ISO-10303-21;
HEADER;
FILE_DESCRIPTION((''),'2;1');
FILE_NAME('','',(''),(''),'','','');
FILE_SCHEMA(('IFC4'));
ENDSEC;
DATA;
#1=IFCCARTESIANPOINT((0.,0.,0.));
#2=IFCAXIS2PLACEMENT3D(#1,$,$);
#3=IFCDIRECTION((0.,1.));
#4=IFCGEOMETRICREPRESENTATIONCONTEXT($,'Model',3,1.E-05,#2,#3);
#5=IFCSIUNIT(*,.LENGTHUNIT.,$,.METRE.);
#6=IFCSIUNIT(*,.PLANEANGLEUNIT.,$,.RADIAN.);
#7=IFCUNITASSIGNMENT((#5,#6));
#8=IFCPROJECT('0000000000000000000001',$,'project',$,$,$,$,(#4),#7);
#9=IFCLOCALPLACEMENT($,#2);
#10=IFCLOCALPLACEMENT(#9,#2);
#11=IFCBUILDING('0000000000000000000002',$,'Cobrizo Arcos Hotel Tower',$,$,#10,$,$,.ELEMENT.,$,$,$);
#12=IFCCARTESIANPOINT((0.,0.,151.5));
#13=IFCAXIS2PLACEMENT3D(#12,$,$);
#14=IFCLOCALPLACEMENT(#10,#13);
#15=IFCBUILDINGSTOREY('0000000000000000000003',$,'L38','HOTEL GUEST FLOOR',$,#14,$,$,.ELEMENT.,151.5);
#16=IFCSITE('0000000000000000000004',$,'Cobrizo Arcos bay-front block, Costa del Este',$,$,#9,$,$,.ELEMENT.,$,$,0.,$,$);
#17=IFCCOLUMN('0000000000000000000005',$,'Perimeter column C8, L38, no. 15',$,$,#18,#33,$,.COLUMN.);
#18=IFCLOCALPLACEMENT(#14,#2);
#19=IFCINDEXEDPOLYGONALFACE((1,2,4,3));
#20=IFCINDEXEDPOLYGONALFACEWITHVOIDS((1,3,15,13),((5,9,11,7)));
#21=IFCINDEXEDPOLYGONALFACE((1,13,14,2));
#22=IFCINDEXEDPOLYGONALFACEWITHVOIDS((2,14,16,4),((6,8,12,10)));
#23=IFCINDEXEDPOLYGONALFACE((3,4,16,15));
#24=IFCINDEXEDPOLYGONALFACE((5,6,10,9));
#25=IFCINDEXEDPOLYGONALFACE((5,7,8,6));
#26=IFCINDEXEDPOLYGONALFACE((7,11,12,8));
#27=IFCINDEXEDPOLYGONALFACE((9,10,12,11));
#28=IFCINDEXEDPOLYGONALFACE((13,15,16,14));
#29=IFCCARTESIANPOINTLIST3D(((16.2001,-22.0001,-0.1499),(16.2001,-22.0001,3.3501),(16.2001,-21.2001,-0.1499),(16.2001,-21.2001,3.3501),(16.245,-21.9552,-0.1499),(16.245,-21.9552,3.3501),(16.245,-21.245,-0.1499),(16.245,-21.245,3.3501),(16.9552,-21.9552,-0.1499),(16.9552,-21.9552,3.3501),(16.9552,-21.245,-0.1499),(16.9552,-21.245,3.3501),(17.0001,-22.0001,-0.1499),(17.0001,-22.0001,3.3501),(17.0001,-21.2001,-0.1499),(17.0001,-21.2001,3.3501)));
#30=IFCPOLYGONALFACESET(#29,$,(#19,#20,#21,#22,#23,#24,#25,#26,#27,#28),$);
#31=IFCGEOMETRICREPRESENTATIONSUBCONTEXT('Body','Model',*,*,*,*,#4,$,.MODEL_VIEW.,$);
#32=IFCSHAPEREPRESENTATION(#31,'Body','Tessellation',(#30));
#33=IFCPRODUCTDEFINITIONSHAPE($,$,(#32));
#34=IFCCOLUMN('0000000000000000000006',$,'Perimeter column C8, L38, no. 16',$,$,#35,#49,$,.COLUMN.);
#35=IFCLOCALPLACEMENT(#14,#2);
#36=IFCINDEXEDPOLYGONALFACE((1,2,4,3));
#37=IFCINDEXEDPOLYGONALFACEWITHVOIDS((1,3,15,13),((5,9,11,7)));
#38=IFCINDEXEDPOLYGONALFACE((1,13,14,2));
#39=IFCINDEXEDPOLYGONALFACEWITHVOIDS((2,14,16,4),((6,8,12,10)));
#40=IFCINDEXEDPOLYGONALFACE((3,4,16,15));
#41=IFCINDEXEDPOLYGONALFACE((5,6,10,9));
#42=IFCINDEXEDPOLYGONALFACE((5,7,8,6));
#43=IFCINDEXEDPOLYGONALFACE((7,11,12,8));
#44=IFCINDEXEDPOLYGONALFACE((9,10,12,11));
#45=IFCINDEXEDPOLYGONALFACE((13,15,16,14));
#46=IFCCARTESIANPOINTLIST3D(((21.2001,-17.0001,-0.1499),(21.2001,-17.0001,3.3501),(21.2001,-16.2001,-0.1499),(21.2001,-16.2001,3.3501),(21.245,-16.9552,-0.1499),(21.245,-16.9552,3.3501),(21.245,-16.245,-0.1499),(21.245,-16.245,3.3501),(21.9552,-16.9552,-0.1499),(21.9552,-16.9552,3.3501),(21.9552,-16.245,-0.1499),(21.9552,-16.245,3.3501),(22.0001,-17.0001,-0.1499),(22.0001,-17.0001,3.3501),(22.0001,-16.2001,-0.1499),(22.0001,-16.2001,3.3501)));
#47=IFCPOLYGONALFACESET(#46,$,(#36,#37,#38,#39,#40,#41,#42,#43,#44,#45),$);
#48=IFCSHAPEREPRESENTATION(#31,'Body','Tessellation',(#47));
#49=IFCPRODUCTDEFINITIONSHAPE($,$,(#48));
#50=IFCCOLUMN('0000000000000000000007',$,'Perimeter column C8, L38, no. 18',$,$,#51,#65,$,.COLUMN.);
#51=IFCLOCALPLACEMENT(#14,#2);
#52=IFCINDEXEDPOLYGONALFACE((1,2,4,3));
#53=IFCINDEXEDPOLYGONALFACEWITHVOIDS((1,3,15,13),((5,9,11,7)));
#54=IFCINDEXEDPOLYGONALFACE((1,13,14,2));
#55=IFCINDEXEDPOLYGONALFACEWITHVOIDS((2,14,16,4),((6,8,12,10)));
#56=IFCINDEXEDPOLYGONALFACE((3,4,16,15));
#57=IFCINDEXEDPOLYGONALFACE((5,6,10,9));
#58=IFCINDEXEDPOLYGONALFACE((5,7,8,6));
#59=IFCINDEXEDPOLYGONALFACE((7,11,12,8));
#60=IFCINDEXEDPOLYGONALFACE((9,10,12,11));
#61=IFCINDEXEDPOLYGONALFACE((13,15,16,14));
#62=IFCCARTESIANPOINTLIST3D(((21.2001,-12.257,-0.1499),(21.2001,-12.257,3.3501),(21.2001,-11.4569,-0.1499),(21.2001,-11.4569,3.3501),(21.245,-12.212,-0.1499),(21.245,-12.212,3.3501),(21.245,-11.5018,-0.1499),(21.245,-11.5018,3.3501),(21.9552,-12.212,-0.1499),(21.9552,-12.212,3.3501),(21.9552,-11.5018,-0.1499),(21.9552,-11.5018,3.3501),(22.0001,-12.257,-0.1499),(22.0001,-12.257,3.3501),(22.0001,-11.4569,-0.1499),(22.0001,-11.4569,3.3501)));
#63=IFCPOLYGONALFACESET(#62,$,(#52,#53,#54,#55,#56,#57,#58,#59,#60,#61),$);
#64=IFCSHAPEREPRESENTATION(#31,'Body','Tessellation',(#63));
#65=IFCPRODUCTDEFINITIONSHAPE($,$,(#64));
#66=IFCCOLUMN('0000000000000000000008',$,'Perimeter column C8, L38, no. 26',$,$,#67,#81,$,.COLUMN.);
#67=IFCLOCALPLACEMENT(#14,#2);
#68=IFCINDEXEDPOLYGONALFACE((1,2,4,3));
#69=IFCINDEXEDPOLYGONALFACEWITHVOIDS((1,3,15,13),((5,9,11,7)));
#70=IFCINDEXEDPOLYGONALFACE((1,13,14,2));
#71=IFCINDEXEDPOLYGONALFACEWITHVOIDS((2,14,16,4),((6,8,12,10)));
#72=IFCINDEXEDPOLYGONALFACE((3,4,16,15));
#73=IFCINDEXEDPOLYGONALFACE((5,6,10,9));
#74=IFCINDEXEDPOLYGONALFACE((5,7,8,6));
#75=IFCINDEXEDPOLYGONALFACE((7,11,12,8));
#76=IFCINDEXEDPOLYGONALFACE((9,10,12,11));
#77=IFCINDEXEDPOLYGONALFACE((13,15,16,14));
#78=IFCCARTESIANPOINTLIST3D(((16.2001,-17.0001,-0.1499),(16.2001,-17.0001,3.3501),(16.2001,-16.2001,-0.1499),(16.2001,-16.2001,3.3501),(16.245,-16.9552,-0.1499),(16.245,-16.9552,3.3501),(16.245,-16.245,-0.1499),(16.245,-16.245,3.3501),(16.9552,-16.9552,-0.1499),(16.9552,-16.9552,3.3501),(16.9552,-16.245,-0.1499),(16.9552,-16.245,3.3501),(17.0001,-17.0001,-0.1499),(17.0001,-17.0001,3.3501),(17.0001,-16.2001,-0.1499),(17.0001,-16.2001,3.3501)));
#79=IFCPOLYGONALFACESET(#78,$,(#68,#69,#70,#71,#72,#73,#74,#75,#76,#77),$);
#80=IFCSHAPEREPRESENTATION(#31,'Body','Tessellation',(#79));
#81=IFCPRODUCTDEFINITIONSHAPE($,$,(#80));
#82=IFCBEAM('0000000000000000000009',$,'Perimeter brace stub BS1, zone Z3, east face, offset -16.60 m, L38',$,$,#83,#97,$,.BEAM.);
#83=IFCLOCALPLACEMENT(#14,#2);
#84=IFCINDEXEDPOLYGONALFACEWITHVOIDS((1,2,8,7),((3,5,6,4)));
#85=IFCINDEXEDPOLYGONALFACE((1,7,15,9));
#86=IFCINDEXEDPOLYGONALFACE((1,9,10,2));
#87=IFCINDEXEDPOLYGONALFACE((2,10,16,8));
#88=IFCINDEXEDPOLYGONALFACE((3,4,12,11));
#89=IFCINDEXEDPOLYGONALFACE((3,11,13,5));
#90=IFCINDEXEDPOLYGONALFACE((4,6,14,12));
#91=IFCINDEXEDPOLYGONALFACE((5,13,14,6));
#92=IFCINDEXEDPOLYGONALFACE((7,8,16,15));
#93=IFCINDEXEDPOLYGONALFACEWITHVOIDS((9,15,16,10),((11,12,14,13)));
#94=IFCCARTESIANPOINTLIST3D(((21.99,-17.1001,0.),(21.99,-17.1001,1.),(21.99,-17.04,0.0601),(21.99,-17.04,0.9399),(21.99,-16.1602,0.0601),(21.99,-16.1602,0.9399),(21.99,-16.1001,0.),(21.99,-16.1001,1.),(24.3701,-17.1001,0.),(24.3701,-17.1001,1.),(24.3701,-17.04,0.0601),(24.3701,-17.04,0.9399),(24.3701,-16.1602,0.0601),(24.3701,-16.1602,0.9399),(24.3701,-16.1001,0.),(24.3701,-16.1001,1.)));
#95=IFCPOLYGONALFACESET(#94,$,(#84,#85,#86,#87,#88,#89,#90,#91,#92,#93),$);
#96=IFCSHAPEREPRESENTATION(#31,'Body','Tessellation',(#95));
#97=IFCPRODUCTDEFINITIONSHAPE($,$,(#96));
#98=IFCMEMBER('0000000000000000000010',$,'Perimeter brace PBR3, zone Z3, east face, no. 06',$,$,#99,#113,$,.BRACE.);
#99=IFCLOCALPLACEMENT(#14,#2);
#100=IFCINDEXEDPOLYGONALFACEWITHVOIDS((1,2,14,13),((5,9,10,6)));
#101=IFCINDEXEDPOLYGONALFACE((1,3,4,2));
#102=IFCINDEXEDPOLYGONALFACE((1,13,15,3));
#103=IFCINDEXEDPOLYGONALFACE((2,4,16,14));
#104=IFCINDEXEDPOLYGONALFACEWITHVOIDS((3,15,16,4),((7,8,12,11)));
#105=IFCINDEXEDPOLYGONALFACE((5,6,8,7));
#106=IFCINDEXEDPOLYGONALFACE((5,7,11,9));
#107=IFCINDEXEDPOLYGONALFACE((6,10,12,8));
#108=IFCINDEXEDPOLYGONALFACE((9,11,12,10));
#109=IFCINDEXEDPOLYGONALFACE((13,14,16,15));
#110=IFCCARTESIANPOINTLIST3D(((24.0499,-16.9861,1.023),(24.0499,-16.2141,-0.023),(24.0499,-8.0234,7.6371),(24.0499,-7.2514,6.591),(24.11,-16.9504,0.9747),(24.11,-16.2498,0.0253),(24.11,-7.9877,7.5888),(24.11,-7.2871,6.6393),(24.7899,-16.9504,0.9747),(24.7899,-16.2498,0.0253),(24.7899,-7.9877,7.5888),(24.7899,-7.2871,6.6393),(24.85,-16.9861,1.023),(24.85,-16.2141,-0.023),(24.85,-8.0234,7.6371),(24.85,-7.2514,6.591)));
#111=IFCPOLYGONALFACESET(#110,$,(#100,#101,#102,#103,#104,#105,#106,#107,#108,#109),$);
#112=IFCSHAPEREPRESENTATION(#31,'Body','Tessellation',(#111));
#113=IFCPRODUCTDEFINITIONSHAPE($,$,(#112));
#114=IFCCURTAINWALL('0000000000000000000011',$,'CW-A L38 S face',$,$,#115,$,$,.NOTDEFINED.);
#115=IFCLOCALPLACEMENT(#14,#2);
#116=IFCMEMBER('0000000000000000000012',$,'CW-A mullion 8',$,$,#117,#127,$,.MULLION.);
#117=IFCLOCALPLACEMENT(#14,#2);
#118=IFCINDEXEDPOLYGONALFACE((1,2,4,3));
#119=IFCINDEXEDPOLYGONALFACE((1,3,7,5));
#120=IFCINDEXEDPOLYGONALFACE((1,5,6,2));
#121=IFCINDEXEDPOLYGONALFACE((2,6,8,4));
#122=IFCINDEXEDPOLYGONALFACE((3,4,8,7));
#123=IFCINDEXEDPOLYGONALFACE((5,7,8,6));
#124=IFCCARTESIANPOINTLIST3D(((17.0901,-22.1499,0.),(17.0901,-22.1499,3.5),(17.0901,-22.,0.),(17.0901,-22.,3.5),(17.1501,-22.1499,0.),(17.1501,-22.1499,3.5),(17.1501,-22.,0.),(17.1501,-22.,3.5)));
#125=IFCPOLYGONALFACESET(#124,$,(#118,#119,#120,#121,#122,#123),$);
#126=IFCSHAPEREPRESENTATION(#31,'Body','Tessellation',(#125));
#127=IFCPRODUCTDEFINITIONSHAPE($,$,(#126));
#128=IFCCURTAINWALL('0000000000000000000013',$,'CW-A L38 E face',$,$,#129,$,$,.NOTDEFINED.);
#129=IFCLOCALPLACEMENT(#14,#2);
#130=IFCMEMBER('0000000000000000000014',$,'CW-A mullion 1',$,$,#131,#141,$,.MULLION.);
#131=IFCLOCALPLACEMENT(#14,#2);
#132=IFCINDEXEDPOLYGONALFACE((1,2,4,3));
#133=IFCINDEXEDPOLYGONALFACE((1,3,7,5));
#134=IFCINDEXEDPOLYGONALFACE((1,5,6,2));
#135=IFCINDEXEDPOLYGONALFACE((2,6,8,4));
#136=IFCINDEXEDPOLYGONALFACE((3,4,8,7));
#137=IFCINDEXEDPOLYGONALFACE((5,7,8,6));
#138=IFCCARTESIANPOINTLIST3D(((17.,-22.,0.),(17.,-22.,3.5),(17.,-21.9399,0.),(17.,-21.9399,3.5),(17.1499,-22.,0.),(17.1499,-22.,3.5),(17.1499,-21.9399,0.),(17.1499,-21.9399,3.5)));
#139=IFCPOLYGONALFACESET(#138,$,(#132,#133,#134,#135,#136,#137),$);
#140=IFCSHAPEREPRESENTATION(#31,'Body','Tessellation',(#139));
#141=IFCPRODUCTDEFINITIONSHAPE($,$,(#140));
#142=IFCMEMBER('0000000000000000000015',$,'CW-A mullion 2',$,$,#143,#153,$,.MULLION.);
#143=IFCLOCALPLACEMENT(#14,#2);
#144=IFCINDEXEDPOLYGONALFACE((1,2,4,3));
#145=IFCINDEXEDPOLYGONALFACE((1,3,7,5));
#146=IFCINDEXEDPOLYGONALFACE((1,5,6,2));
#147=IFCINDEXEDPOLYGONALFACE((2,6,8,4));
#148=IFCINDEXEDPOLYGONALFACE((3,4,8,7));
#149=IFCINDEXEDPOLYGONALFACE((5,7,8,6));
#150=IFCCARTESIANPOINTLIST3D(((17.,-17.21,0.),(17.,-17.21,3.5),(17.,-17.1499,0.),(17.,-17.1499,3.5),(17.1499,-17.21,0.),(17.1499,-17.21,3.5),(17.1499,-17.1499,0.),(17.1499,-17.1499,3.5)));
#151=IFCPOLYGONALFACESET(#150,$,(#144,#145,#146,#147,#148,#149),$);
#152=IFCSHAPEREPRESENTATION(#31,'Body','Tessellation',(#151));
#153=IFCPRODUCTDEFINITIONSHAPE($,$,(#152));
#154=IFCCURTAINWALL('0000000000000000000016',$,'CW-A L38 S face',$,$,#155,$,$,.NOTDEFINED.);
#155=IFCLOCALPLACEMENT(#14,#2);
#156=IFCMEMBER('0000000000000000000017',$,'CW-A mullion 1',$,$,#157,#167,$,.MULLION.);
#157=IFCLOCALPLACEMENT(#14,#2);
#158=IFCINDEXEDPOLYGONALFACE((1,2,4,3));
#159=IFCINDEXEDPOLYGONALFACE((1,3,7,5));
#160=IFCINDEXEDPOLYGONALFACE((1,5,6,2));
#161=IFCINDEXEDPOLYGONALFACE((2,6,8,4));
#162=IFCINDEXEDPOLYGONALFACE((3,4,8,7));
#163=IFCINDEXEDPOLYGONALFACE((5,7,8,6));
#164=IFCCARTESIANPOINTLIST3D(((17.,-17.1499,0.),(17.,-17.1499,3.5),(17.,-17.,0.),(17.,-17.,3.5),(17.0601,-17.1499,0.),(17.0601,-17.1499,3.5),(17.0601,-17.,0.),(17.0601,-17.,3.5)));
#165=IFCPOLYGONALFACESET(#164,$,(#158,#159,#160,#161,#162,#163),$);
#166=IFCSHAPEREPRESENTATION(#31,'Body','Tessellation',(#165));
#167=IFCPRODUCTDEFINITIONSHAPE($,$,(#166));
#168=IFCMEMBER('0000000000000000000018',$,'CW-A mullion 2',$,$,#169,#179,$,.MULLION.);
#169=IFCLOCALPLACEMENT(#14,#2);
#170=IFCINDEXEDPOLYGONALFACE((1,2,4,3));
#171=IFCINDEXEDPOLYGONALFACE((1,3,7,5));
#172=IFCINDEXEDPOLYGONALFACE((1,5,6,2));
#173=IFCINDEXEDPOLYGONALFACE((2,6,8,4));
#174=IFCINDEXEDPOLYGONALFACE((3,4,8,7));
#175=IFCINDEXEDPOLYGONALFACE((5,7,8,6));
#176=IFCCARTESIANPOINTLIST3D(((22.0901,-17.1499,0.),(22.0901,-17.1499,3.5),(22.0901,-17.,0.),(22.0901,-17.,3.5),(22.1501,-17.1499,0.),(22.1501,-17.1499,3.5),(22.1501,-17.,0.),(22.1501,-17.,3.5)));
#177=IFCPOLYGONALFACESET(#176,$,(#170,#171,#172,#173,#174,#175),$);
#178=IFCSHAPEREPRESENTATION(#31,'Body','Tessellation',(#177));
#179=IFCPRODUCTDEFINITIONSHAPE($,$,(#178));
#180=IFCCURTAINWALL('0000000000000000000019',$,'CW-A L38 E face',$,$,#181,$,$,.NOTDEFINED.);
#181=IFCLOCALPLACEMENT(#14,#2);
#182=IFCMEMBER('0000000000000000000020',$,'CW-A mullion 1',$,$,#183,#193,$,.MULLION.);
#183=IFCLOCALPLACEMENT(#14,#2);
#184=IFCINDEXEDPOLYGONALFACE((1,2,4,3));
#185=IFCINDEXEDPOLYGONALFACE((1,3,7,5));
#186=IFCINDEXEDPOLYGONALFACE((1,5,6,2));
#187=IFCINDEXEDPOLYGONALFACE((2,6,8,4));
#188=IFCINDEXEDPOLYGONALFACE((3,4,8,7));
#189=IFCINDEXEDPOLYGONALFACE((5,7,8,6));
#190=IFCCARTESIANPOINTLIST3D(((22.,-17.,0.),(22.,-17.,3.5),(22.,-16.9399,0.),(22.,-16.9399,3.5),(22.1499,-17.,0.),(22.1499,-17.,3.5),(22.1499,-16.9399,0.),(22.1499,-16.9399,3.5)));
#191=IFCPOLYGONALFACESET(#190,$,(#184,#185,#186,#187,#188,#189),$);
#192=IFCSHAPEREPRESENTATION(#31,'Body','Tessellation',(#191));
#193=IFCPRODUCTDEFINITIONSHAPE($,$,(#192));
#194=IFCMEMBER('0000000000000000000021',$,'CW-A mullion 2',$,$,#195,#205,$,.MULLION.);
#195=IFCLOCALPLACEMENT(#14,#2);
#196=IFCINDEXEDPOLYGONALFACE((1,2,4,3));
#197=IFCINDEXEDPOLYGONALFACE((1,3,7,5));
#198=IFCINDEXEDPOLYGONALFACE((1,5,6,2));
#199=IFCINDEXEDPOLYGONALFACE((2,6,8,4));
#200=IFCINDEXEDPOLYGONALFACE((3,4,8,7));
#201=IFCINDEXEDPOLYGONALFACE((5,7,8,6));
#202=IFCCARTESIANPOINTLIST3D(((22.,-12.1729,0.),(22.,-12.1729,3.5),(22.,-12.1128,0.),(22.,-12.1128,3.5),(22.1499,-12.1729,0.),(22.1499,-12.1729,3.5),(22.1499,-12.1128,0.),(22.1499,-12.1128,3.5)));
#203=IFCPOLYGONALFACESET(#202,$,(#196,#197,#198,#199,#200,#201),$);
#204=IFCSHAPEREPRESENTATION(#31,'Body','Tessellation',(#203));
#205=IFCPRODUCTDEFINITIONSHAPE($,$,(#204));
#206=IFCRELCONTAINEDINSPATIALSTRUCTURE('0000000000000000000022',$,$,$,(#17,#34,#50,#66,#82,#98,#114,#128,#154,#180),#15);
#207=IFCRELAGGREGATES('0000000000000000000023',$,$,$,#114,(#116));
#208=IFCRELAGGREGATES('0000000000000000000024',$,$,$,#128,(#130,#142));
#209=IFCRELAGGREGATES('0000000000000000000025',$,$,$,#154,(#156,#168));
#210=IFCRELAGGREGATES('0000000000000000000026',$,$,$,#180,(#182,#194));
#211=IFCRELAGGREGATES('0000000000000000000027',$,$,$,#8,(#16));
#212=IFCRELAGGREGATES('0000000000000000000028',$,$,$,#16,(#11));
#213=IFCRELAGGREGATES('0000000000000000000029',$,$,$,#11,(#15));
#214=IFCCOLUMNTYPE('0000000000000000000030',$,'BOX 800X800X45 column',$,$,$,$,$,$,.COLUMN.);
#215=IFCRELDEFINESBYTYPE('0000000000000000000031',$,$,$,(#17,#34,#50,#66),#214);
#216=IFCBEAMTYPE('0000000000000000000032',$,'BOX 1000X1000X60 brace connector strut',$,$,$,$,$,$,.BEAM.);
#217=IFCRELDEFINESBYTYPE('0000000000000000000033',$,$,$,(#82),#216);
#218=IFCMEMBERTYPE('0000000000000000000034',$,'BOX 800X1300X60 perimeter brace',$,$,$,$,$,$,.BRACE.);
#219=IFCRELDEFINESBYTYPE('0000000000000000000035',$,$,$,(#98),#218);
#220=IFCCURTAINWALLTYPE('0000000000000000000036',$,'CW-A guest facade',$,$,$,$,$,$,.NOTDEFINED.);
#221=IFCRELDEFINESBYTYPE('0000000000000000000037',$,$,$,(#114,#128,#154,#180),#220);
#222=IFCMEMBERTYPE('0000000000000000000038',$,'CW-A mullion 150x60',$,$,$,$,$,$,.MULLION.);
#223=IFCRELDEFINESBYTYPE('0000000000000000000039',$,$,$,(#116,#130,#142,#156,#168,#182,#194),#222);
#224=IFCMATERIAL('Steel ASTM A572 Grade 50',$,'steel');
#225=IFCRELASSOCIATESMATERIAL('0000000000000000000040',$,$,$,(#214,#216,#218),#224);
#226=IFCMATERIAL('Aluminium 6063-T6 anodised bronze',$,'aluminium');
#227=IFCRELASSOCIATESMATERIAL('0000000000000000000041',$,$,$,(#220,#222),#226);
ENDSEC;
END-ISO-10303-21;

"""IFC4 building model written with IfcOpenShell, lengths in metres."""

from ifc_helpers import new_model, si_unit, direction, frame, origin, origin_2d, place, context, subcontext, project, spatial, rectangle, hollow_rectangle, extrude, material, material_profile, profile_set, type_object, element, aggregate, save


model = new_model("IFC4")

# Units and contexts
model_context = context("Model", 3, precision=1e-05, world=origin(), true_north=direction((0.0, 1.0)))
body_context = subcontext(model_context, "Body", "Model", "MODEL_VIEW")
ifc_project = project(units=[si_unit("LENGTHUNIT", "METRE"), si_unit("PLANEANGLEUNIT", "RADIAN")], contexts=[model_context])

# Site, building, storey
site_placement = place(None, origin())
site = spatial("IfcSite", under=ifc_project, at=site_placement, Name="Cobrizo Arcos bay-front block, Costa del Este", CompositionType="ELEMENT", RefElevation=0.0)
building_placement = place(site_placement, origin())
building = spatial("IfcBuilding", under=site, at=building_placement, Name="Cobrizo Arcos Hotel Tower", CompositionType="ELEMENT")
storey_placement = place(building_placement, frame((0.0, 0.0, 151.5)))
storey = spatial("IfcBuildingStorey", under=building, at=storey_placement, Name="L38", Description="HOTEL GUEST FLOOR", CompositionType="ELEMENT", Elevation=151.5)

# Columns
ifc_material_1 = material(Name="Steel ASTM A572 Grade 50", Category="steel")
ifc_material_profile_1 = material_profile(ifc_material_1, hollow_rectangle(XDim=0.8, YDim=0.8, WallThickness=0.0449, at=origin_2d()), Name="BOX 800X800X45")
ifc_profile_set_1 = profile_set([ifc_material_profile_1], Name="Steel ASTM A572 Grade 50")
column_type = type_object("IfcColumnType", Name="BOX 800X800X45 column", PredefinedType="COLUMN", material=ifc_profile_set_1)
for number, where, z_axis, x_axis, name in (
    (1, (16.6001, -21.6001, -0.1499), (0.0, 0.0, 1.0), (1.0, 0.0, 0.0), "Perimeter column C8, L38, no. 15"),
    (2, (21.6001, -16.6001, -0.1499), (0.0, 0.0, 1.0), (1.0, 0.0, 0.0), "Perimeter column C8, L38, no. 16"),
    (3, (21.6001, -11.8569, -0.1499), (0.0, 0.0, 1.0), (1.0, 0.0, 0.0), "Perimeter column C8, L38, no. 18"),
    (4, (16.6001, -16.6001, -0.1499), (0.0, 0.0, 1.0), (1.0, 0.0, 0.0), "Perimeter column C8, L38, no. 26"),
):
    element("IfcColumn", number, at=place(storey_placement, frame(where, z_axis=z_axis, x_axis=x_axis)), inside=storey, type_object=column_type, Name=name, PredefinedType="COLUMN", context=body_context, shape_type="SweptSolid", body=[
        extrude(hollow_rectangle(XDim=0.8, YDim=0.8, WallThickness=0.0449, at=origin_2d()), origin(), (0.0, 0.0, 1.0), 3.5),
    ])

# Beam
ifc_material_profile_2 = material_profile(ifc_material_1, hollow_rectangle(XDim=1.0, YDim=1.0, WallThickness=0.0601, at=origin_2d()), Name="BOX 1000X1000X60")
ifc_profile_set_2 = profile_set([ifc_material_profile_2], Name="Steel ASTM A572 Grade 50")
beam_type_1 = type_object("IfcBeamType", Name="BOX 1000X1000X60 brace connector strut", PredefinedType="BEAM", material=ifc_profile_set_2)
beam_1_placement = place(storey_placement, frame((21.99, -16.6001, 0.5), z_axis=(1.0, 0.0, 0.0), x_axis=(0.0, 1.0, 0.0)))
element("IfcBeam", 5, at=beam_1_placement, inside=storey, type_object=beam_type_1, Name="Perimeter brace stub BS1, zone Z3, east face, offset -16.60 m, L38", PredefinedType="BEAM", context=body_context, shape_type="SweptSolid", body=[
    extrude(hollow_rectangle(XDim=1.0, YDim=1.0, WallThickness=0.0601, at=origin_2d()), origin(), (0.0, 0.0, 1.0), 2.3801),
])

# Member
ifc_material_profile_3 = material_profile(ifc_material_1, hollow_rectangle(XDim=0.8, YDim=1.3, WallThickness=0.0601, at=origin_2d()), Name="BOX 800X1300X60")
ifc_profile_set_3 = profile_set([ifc_material_profile_3], Name="Steel ASTM A572 Grade 50")
member_type_1 = type_object("IfcMemberType", Name="BOX 800X1300X60 perimeter brace", PredefinedType="BRACE", material=ifc_profile_set_3)
member_1_placement = place(storey_placement, frame((24.45, -16.6001, 0.5), z_axis=(0.0, 0.804629, 0.593778), x_axis=(-1.0, 0.0, 0.0)))
element("IfcMember", 6, at=member_1_placement, inside=storey, type_object=member_type_1, Name="Perimeter brace PBR3, zone Z3, east face, no. 06", PredefinedType="BRACE", context=body_context, shape_type="SweptSolid", body=[
    extrude(hollow_rectangle(XDim=0.8, YDim=1.3, WallThickness=0.0601, at=origin_2d()), origin(), (0.0, 0.0, 1.0), 11.1389),
])

# Curtain wall, member
ifc_material_2 = material(Name="Aluminium 6063-T6 anodised bronze", Category="aluminium")
curtain_wall_type = type_object("IfcCurtainWallType", Name="CW-A guest facade", PredefinedType="NOTDEFINED", material=ifc_material_2)
curtain_wall_1_placement = place(storey_placement, origin())
curtain_wall_1 = element("IfcCurtainWall", 7, at=curtain_wall_1_placement, inside=storey, type_object=curtain_wall_type, Name="CW-A L38 S face", PredefinedType="NOTDEFINED")
ifc_material_profile_4 = material_profile(ifc_material_2, rectangle(XDim=0.1499, YDim=0.0601, at=origin_2d()), Name="CW-A mullion 150x60")
ifc_profile_set_4 = profile_set([ifc_material_profile_4], Name="Aluminium 6063-T6 anodised bronze")
member_type_2 = type_object("IfcMemberType", Name="CW-A mullion 150x60", PredefinedType="MULLION", material=ifc_profile_set_4)
member_2_placement = place(storey_placement, frame((17.1201, -22.075, 0.0), z_axis=(0.0, 0.0, 1.0), x_axis=(0.0, -1.0, 0.0)))
member_2 = element("IfcMember", 8, at=member_2_placement, type_object=member_type_2, Name="CW-A mullion 8", PredefinedType="MULLION", context=body_context, shape_type="SweptSolid", body=[
    extrude(rectangle(XDim=0.1499, YDim=0.0601, at=origin_2d()), origin(), (0.0, 0.0, 1.0), 3.5),
])
aggregate(curtain_wall_1, [member_2])

# Curtain walls, members
curtain_wall_2_placement = place(storey_placement, origin())
curtain_wall_2 = element("IfcCurtainWall", 9, at=curtain_wall_2_placement, inside=storey, type_object=curtain_wall_type, Name="CW-A L38 E face", PredefinedType="NOTDEFINED")
member_3_placement = place(storey_placement, frame((17.075, -21.97, 0.0), z_axis=(0.0, 0.0, 1.0), x_axis=(1.0, 0.0, 0.0)))
member_3 = element("IfcMember", 10, at=member_3_placement, type_object=member_type_2, Name="CW-A mullion 1", PredefinedType="MULLION", context=body_context, shape_type="SweptSolid", body=[
    extrude(rectangle(XDim=0.1499, YDim=0.0601, at=origin_2d()), origin(), (0.0, 0.0, 1.0), 3.5),
])
member_4_placement = place(storey_placement, frame((17.075, -17.1799, 0.0), z_axis=(0.0, 0.0, 1.0), x_axis=(1.0, 0.0, 0.0)))
member_4 = element("IfcMember", 11, at=member_4_placement, type_object=member_type_2, Name="CW-A mullion 2", PredefinedType="MULLION", context=body_context, shape_type="SweptSolid", body=[
    extrude(rectangle(XDim=0.1499, YDim=0.0601, at=origin_2d()), origin(), (0.0, 0.0, 1.0), 3.5),
])
curtain_wall_3_placement = place(storey_placement, origin())
curtain_wall_3 = element("IfcCurtainWall", 12, at=curtain_wall_3_placement, inside=storey, type_object=curtain_wall_type, Name="CW-A L38 S face", PredefinedType="NOTDEFINED")
member_5_placement = place(storey_placement, frame((17.03, -17.075, 0.0), z_axis=(0.0, 0.0, 1.0), x_axis=(0.0, -1.0, 0.0)))
member_5 = element("IfcMember", 13, at=member_5_placement, type_object=member_type_2, Name="CW-A mullion 1", PredefinedType="MULLION", context=body_context, shape_type="SweptSolid", body=[
    extrude(rectangle(XDim=0.1499, YDim=0.0601, at=origin_2d()), origin(), (0.0, 0.0, 1.0), 3.5),
])
member_6_placement = place(storey_placement, frame((22.1201, -17.075, 0.0), z_axis=(0.0, 0.0, 1.0), x_axis=(0.0, -1.0, 0.0)))
member_6 = element("IfcMember", 14, at=member_6_placement, type_object=member_type_2, Name="CW-A mullion 2", PredefinedType="MULLION", context=body_context, shape_type="SweptSolid", body=[
    extrude(rectangle(XDim=0.1499, YDim=0.0601, at=origin_2d()), origin(), (0.0, 0.0, 1.0), 3.5),
])
curtain_wall_4_placement = place(storey_placement, origin())
curtain_wall_4 = element("IfcCurtainWall", 15, at=curtain_wall_4_placement, inside=storey, type_object=curtain_wall_type, Name="CW-A L38 E face", PredefinedType="NOTDEFINED")
member_7_placement = place(storey_placement, frame((22.075, -16.97, 0.0), z_axis=(0.0, 0.0, 1.0), x_axis=(1.0, 0.0, 0.0)))
member_7 = element("IfcMember", 16, at=member_7_placement, type_object=member_type_2, Name="CW-A mullion 1", PredefinedType="MULLION", context=body_context, shape_type="SweptSolid", body=[
    extrude(rectangle(XDim=0.1499, YDim=0.0601, at=origin_2d()), origin(), (0.0, 0.0, 1.0), 3.5),
])
member_8_placement = place(storey_placement, frame((22.075, -12.1428, 0.0), z_axis=(0.0, 0.0, 1.0), x_axis=(1.0, 0.0, 0.0)))
member_8 = element("IfcMember", 17, at=member_8_placement, type_object=member_type_2, Name="CW-A mullion 2", PredefinedType="MULLION", context=body_context, shape_type="SweptSolid", body=[
    extrude(rectangle(XDim=0.1499, YDim=0.0601, at=origin_2d()), origin(), (0.0, 0.0, 1.0), 3.5),
])

aggregate(curtain_wall_2, [member_3, member_4])
aggregate(curtain_wall_3, [member_5, member_6])
aggregate(curtain_wall_4, [member_7, member_8])

save(model, "model.ifc")
